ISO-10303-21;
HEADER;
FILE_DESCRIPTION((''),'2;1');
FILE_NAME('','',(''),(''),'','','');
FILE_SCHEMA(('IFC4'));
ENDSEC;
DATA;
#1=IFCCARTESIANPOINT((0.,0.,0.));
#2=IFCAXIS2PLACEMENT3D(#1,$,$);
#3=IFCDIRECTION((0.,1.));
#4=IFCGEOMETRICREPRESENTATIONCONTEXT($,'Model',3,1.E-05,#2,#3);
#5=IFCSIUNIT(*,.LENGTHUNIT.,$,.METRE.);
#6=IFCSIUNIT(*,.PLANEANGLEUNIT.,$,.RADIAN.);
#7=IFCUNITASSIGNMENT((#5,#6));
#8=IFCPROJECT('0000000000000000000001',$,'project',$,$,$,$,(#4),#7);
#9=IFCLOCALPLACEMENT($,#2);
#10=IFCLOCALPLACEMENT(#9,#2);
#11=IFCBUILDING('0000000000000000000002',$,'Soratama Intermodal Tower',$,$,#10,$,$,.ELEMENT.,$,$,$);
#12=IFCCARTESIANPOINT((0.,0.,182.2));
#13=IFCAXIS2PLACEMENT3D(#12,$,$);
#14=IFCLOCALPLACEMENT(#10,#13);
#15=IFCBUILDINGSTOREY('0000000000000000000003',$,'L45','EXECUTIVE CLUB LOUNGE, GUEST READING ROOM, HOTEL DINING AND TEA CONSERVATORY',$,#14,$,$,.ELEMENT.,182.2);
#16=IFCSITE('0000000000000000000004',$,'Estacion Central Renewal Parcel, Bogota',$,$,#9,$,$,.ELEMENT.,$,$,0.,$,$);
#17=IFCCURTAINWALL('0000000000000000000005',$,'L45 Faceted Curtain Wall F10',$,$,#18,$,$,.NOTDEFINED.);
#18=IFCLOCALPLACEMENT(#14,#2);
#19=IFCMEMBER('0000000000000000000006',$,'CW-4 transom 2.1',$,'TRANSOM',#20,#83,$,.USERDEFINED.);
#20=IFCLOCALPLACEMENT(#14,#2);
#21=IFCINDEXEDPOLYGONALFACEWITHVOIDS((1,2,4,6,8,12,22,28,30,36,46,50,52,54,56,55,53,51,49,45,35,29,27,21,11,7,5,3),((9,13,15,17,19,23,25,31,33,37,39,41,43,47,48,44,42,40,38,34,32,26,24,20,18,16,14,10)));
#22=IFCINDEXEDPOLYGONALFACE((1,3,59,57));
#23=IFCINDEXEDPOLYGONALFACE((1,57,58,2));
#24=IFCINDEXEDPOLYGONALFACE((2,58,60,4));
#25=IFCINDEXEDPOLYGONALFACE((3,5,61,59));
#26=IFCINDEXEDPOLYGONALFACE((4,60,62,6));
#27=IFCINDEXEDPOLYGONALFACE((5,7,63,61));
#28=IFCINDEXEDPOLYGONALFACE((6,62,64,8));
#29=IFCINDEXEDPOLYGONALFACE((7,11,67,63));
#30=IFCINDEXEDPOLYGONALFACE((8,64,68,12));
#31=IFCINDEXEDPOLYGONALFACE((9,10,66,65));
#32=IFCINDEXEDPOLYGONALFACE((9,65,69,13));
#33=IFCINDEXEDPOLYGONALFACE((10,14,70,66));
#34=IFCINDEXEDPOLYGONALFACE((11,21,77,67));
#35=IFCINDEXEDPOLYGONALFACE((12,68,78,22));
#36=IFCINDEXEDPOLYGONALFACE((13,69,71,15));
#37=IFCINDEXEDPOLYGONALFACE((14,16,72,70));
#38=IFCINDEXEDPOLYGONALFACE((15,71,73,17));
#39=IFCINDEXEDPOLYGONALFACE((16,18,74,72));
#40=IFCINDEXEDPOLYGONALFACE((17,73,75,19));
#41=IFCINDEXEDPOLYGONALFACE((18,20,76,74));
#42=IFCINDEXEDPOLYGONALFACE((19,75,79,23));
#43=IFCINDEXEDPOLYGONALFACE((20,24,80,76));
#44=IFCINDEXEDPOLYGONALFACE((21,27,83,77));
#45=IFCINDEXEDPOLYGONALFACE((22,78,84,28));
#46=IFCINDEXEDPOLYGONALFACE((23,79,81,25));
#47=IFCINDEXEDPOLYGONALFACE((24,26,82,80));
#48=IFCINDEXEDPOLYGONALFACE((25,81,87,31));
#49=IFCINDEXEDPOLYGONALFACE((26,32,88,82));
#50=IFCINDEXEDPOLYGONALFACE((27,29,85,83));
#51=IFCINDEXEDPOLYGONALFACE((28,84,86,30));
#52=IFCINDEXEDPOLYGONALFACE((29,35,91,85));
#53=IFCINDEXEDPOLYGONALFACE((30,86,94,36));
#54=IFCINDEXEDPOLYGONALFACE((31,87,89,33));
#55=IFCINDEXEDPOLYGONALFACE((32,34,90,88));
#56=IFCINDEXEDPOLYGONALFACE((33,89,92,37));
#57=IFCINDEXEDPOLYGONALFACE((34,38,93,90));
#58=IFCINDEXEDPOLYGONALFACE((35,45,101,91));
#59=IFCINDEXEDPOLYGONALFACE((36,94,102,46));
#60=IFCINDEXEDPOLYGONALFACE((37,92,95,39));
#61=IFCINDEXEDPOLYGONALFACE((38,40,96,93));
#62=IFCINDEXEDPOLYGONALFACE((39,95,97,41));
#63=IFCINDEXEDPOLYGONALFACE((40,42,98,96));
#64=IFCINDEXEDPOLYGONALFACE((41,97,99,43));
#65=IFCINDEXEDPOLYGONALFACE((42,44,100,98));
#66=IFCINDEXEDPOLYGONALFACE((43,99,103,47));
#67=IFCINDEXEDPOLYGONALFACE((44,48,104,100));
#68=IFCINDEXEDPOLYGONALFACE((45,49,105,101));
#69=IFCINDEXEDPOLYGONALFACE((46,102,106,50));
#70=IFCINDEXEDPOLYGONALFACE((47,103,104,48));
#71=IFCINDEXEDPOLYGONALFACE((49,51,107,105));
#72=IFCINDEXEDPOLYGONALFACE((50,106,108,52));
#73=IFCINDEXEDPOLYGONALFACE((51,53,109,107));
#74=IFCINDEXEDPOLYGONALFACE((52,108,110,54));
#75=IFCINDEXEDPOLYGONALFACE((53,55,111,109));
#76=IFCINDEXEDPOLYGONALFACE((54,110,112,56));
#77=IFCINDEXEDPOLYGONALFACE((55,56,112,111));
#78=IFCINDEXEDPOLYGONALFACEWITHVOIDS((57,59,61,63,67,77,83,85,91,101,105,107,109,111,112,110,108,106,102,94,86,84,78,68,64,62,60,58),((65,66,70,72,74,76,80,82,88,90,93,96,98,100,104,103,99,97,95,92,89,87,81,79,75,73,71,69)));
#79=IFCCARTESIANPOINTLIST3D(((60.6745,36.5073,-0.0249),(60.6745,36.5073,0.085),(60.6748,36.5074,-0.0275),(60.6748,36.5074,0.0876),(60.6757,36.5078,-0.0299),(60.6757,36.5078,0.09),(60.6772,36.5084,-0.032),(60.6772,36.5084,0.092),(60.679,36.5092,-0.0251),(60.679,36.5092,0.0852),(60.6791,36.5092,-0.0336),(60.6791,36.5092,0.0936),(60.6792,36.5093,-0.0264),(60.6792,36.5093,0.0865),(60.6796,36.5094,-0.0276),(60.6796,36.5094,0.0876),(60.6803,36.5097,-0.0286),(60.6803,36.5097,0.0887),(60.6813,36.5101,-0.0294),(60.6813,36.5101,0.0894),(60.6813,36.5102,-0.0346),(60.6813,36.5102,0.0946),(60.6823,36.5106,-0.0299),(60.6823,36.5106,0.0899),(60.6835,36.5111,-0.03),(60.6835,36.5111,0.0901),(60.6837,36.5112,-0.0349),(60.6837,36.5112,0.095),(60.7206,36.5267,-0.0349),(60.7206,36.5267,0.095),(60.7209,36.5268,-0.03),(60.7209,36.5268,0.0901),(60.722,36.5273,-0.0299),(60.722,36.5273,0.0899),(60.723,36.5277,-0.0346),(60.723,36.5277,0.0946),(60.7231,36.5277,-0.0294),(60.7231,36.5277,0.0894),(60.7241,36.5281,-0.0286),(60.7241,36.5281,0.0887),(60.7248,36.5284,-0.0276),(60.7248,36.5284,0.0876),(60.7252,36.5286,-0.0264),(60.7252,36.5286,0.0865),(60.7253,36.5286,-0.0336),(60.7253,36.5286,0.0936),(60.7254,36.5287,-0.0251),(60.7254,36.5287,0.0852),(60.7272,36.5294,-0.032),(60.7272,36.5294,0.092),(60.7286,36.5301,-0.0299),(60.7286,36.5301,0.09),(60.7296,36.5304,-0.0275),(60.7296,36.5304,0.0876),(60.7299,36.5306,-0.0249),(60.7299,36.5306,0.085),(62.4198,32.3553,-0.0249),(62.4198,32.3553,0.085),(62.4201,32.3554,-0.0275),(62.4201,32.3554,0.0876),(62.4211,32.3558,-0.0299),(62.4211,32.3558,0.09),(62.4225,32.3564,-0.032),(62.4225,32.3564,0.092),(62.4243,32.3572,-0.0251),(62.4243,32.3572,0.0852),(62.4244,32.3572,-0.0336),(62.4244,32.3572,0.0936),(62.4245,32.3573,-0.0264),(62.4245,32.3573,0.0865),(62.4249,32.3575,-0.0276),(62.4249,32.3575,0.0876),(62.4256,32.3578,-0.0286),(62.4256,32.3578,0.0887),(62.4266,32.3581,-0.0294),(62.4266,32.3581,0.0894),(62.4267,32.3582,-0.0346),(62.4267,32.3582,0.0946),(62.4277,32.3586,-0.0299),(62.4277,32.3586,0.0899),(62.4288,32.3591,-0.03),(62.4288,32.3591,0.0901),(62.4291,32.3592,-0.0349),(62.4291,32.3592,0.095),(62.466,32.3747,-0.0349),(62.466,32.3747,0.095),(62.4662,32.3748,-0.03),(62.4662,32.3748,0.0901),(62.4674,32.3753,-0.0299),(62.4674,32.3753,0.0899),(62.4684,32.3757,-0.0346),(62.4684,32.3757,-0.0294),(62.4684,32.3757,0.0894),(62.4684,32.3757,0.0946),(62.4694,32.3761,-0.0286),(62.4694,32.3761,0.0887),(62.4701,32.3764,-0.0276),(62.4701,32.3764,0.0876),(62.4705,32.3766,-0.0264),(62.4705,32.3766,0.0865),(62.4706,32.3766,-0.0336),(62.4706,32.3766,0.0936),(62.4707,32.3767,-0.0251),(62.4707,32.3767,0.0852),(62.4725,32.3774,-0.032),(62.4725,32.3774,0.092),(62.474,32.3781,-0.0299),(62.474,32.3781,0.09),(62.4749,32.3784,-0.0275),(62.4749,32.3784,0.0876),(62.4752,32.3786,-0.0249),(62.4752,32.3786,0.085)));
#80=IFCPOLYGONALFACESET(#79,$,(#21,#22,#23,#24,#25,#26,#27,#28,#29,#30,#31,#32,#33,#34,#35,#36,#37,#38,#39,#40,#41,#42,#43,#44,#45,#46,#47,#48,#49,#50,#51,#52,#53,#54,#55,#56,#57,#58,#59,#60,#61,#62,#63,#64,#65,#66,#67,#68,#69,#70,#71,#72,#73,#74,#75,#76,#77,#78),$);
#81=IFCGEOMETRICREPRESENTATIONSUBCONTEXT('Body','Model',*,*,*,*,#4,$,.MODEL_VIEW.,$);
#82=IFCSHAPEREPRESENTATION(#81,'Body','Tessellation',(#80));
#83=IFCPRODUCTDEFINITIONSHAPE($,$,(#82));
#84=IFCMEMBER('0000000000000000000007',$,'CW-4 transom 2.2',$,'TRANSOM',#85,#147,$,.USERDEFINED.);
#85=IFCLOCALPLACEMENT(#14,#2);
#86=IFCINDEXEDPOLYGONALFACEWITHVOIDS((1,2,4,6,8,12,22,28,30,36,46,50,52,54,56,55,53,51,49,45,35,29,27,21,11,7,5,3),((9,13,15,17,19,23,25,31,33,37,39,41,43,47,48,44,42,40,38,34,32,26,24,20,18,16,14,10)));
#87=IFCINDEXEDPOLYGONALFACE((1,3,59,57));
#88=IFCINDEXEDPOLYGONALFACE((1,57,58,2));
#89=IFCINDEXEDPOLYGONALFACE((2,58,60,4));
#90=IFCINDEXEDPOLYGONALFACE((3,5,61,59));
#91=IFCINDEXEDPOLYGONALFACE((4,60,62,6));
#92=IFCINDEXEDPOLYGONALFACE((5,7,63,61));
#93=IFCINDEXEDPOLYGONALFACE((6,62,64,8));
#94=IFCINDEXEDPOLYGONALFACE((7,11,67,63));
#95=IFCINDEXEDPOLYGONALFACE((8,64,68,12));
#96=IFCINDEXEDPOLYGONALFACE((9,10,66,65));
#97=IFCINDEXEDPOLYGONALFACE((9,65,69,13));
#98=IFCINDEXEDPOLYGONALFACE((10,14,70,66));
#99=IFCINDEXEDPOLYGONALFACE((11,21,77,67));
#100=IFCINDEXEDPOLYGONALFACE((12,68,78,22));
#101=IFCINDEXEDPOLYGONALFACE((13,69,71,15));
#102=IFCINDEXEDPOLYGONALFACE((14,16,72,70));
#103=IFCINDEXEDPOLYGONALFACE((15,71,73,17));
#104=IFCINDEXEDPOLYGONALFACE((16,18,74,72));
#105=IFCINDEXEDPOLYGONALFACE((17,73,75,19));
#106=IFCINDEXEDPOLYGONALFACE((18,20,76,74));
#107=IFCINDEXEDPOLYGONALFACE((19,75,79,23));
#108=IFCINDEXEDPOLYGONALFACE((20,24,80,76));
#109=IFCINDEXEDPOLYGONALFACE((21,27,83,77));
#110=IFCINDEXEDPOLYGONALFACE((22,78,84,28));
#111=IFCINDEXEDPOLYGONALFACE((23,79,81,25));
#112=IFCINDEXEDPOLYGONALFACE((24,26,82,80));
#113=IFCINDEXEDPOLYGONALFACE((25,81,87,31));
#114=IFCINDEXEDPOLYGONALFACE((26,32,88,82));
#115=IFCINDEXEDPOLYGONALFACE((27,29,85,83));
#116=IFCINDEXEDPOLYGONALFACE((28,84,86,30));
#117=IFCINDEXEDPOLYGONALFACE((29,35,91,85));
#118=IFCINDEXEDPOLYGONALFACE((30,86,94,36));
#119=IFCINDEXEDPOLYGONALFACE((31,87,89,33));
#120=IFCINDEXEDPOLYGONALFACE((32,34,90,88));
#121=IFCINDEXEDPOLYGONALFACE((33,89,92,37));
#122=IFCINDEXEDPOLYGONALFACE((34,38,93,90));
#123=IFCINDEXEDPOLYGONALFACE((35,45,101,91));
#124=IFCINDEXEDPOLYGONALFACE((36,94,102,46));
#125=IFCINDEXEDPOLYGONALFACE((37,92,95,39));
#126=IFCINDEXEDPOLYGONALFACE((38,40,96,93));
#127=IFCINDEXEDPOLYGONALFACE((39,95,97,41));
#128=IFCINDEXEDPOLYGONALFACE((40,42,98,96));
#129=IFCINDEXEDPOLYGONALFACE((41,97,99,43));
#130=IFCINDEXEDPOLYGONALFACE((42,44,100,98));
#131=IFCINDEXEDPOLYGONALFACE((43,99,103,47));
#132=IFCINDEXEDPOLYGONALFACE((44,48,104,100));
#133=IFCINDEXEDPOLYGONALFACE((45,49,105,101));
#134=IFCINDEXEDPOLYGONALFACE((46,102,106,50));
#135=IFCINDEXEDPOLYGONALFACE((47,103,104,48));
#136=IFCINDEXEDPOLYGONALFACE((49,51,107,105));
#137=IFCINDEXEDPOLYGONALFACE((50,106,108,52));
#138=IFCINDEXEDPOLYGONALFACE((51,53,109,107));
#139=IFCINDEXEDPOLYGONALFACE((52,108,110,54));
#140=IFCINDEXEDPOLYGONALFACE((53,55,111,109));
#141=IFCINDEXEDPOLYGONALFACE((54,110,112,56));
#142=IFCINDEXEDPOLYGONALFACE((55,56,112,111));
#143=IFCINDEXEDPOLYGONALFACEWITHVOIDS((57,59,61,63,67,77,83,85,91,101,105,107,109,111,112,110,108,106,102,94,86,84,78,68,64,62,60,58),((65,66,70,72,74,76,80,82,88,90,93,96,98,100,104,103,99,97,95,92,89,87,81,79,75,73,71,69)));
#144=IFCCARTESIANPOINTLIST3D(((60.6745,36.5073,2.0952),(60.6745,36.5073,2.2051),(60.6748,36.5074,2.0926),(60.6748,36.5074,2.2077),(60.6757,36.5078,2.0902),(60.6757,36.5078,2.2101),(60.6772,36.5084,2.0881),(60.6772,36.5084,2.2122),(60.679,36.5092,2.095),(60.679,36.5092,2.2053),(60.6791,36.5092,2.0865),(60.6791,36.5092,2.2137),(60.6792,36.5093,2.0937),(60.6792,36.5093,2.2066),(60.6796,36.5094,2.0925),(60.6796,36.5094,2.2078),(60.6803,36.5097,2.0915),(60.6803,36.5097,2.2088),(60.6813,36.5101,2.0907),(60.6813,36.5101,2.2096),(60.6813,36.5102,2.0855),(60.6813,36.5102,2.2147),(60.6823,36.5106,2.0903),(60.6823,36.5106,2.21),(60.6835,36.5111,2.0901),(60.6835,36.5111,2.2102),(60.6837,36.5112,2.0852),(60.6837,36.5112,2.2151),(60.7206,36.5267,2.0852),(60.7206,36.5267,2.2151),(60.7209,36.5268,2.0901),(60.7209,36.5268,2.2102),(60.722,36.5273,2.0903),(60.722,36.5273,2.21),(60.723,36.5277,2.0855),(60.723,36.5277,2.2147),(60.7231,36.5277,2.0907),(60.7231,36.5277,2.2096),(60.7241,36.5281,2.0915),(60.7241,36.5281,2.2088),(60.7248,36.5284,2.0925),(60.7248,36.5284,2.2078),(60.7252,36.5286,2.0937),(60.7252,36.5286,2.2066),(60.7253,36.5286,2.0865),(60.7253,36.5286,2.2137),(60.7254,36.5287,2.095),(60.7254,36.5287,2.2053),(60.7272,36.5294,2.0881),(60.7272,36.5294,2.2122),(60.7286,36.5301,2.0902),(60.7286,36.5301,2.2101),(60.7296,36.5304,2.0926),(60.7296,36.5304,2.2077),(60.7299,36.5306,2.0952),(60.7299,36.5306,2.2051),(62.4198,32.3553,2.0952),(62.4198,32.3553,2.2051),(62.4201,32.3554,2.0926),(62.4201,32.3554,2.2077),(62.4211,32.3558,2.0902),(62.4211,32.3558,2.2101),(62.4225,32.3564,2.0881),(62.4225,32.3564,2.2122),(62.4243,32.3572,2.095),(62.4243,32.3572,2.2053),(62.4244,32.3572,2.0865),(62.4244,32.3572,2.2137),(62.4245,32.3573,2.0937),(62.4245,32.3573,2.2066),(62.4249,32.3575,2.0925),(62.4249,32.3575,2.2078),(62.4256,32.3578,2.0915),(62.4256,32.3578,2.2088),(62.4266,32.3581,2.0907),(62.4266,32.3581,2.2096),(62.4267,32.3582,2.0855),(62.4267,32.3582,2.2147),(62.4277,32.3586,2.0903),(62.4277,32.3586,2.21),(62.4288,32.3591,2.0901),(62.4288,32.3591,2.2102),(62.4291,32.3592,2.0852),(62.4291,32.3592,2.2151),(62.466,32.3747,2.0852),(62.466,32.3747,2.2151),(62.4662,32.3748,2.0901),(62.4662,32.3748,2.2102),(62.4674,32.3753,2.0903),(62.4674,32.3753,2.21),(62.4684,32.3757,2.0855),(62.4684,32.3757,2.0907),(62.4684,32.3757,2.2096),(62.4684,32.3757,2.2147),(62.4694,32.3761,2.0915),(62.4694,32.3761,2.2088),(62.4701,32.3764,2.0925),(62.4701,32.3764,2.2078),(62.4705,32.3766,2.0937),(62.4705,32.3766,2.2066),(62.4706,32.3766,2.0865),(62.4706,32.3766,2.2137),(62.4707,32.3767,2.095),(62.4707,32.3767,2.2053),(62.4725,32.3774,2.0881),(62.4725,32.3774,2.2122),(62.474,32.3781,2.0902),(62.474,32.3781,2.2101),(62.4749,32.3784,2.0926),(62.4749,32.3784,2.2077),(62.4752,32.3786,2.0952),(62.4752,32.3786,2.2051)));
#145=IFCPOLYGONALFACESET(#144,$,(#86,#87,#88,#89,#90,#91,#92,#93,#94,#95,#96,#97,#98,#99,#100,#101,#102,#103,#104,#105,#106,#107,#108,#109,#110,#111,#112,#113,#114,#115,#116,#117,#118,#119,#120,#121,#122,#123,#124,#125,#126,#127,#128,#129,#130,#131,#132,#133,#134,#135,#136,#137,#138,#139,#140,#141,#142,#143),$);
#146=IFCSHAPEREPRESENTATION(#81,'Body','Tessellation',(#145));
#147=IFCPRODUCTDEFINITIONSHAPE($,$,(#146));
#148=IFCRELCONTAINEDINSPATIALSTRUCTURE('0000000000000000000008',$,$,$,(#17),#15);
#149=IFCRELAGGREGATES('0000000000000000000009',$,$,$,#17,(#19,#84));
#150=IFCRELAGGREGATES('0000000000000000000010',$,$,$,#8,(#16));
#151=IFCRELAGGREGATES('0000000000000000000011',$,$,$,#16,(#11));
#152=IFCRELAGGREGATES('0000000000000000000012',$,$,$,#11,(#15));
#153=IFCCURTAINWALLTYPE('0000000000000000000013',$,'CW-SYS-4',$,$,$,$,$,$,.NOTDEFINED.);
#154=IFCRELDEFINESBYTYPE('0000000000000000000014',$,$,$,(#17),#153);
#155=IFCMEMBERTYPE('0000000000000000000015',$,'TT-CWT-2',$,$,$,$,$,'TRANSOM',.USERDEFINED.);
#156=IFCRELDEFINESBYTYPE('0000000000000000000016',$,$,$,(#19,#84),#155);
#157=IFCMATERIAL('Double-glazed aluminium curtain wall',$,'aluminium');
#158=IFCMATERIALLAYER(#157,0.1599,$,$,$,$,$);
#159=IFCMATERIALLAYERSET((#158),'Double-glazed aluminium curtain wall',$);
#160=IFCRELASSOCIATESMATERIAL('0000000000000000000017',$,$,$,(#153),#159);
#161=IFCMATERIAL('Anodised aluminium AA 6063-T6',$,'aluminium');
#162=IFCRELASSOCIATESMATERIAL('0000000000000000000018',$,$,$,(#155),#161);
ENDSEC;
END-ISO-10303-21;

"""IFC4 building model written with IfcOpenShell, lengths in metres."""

from ifc_helpers import new_model, si_unit, direction, frame, origin, origin_2d, place, context, subcontext, project, spatial, hollow_rectangle, extrude, material, layer, layer_set, material_profile, profile_set, type_object, element, aggregate, save


model = new_model("IFC4")

# Units and contexts
model_context = context("Model", 3, precision=1e-05, world=origin(), true_north=direction((0.0, 1.0)))
body_context = subcontext(model_context, "Body", "Model", "MODEL_VIEW")
ifc_project = project(units=[si_unit("LENGTHUNIT", "METRE"), si_unit("PLANEANGLEUNIT", "RADIAN")], contexts=[model_context])

# Site, building, storey
site_placement = place(None, origin())
site = spatial("IfcSite", under=ifc_project, at=site_placement, Name="Estacion Central Renewal Parcel, Bogota", CompositionType="ELEMENT", RefElevation=0.0)
building_placement = place(site_placement, origin())
building = spatial("IfcBuilding", under=site, at=building_placement, Name="Soratama Intermodal Tower", CompositionType="ELEMENT")
storey_placement = place(building_placement, frame((0.0, 0.0, 182.2)))
storey = spatial("IfcBuildingStorey", under=building, at=storey_placement, Name="L45", Description="EXECUTIVE CLUB LOUNGE, GUEST READING ROOM, HOTEL DINING AND TEA CONSERVATORY", CompositionType="ELEMENT", Elevation=182.2)

# Curtain wall, members
ifc_material_1 = material(Name="Double-glazed aluminium curtain wall", Category="aluminium")
ifc_layer_1 = layer(ifc_material_1, 0.1599)
ifc_layer_set_1 = layer_set([ifc_layer_1], Name="Double-glazed aluminium curtain wall")
curtain_wall_type = type_object("IfcCurtainWallType", Name="CW-SYS-4", PredefinedType="NOTDEFINED", material=ifc_layer_set_1)
curtain_wall_placement = place(storey_placement, origin())
curtain_wall = element("IfcCurtainWall", 1, at=curtain_wall_placement, inside=storey, type_object=curtain_wall_type, Name="L45 Faceted Curtain Wall F10", PredefinedType="NOTDEFINED")
ifc_material_2 = material(Name="Anodised aluminium AA 6063-T6", Category="aluminium")
ifc_material_profile_1 = material_profile(ifc_material_2, hollow_rectangle(XDim=0.0601, YDim=0.1299, WallThickness=0.0049, InnerFilletRadius=0.0049, OuterFilletRadius=0.01, at=origin_2d()), Name="CWT130X60X5")
ifc_profile_set_1 = profile_set([ifc_material_profile_1], Name="Anodised aluminium AA 6063-T6")
member_type_1 = type_object("IfcMemberType", Name="TT-CWT-2", ElementType="TRANSOM", PredefinedType="USERDEFINED", material=ifc_profile_set_1)
member_1_placement = place(storey_placement, frame((62.4475, 32.3669, 0.03), z_axis=(-0.387512, 0.921865, 0.0), x_axis=(-0.921865, -0.387512, 0.0)))
member_1 = element("IfcMember", 2, at=member_1_placement, type_object=member_type_1, Name="CW-4 transom 2.1", ObjectType="TRANSOM", PredefinedType="USERDEFINED", context=body_context, shape_type="SweptSolid", body=[
    extrude(hollow_rectangle(XDim=0.0601, YDim=0.1299, WallThickness=0.0049, InnerFilletRadius=0.0049, OuterFilletRadius=0.01, at=origin_2d()), origin(), (0.0, 0.0, 1.0), 4.5039),
])
member_2_placement = place(storey_placement, frame((62.4475, 32.3669, 2.1501), z_axis=(-0.387512, 0.921865, 0.0), x_axis=(-0.921865, -0.387512, 0.0)))
member_2 = element("IfcMember", 3, at=member_2_placement, type_object=member_type_1, Name="CW-4 transom 2.2", ObjectType="TRANSOM", PredefinedType="USERDEFINED", context=body_context, shape_type="SweptSolid", body=[
    extrude(hollow_rectangle(XDim=0.0601, YDim=0.1299, WallThickness=0.0049, InnerFilletRadius=0.0049, OuterFilletRadius=0.01, at=origin_2d()), origin(), (0.0, 0.0, 1.0), 4.5039),
])
aggregate(curtain_wall, [member_1, member_2])

save(model, "model.ifc")
